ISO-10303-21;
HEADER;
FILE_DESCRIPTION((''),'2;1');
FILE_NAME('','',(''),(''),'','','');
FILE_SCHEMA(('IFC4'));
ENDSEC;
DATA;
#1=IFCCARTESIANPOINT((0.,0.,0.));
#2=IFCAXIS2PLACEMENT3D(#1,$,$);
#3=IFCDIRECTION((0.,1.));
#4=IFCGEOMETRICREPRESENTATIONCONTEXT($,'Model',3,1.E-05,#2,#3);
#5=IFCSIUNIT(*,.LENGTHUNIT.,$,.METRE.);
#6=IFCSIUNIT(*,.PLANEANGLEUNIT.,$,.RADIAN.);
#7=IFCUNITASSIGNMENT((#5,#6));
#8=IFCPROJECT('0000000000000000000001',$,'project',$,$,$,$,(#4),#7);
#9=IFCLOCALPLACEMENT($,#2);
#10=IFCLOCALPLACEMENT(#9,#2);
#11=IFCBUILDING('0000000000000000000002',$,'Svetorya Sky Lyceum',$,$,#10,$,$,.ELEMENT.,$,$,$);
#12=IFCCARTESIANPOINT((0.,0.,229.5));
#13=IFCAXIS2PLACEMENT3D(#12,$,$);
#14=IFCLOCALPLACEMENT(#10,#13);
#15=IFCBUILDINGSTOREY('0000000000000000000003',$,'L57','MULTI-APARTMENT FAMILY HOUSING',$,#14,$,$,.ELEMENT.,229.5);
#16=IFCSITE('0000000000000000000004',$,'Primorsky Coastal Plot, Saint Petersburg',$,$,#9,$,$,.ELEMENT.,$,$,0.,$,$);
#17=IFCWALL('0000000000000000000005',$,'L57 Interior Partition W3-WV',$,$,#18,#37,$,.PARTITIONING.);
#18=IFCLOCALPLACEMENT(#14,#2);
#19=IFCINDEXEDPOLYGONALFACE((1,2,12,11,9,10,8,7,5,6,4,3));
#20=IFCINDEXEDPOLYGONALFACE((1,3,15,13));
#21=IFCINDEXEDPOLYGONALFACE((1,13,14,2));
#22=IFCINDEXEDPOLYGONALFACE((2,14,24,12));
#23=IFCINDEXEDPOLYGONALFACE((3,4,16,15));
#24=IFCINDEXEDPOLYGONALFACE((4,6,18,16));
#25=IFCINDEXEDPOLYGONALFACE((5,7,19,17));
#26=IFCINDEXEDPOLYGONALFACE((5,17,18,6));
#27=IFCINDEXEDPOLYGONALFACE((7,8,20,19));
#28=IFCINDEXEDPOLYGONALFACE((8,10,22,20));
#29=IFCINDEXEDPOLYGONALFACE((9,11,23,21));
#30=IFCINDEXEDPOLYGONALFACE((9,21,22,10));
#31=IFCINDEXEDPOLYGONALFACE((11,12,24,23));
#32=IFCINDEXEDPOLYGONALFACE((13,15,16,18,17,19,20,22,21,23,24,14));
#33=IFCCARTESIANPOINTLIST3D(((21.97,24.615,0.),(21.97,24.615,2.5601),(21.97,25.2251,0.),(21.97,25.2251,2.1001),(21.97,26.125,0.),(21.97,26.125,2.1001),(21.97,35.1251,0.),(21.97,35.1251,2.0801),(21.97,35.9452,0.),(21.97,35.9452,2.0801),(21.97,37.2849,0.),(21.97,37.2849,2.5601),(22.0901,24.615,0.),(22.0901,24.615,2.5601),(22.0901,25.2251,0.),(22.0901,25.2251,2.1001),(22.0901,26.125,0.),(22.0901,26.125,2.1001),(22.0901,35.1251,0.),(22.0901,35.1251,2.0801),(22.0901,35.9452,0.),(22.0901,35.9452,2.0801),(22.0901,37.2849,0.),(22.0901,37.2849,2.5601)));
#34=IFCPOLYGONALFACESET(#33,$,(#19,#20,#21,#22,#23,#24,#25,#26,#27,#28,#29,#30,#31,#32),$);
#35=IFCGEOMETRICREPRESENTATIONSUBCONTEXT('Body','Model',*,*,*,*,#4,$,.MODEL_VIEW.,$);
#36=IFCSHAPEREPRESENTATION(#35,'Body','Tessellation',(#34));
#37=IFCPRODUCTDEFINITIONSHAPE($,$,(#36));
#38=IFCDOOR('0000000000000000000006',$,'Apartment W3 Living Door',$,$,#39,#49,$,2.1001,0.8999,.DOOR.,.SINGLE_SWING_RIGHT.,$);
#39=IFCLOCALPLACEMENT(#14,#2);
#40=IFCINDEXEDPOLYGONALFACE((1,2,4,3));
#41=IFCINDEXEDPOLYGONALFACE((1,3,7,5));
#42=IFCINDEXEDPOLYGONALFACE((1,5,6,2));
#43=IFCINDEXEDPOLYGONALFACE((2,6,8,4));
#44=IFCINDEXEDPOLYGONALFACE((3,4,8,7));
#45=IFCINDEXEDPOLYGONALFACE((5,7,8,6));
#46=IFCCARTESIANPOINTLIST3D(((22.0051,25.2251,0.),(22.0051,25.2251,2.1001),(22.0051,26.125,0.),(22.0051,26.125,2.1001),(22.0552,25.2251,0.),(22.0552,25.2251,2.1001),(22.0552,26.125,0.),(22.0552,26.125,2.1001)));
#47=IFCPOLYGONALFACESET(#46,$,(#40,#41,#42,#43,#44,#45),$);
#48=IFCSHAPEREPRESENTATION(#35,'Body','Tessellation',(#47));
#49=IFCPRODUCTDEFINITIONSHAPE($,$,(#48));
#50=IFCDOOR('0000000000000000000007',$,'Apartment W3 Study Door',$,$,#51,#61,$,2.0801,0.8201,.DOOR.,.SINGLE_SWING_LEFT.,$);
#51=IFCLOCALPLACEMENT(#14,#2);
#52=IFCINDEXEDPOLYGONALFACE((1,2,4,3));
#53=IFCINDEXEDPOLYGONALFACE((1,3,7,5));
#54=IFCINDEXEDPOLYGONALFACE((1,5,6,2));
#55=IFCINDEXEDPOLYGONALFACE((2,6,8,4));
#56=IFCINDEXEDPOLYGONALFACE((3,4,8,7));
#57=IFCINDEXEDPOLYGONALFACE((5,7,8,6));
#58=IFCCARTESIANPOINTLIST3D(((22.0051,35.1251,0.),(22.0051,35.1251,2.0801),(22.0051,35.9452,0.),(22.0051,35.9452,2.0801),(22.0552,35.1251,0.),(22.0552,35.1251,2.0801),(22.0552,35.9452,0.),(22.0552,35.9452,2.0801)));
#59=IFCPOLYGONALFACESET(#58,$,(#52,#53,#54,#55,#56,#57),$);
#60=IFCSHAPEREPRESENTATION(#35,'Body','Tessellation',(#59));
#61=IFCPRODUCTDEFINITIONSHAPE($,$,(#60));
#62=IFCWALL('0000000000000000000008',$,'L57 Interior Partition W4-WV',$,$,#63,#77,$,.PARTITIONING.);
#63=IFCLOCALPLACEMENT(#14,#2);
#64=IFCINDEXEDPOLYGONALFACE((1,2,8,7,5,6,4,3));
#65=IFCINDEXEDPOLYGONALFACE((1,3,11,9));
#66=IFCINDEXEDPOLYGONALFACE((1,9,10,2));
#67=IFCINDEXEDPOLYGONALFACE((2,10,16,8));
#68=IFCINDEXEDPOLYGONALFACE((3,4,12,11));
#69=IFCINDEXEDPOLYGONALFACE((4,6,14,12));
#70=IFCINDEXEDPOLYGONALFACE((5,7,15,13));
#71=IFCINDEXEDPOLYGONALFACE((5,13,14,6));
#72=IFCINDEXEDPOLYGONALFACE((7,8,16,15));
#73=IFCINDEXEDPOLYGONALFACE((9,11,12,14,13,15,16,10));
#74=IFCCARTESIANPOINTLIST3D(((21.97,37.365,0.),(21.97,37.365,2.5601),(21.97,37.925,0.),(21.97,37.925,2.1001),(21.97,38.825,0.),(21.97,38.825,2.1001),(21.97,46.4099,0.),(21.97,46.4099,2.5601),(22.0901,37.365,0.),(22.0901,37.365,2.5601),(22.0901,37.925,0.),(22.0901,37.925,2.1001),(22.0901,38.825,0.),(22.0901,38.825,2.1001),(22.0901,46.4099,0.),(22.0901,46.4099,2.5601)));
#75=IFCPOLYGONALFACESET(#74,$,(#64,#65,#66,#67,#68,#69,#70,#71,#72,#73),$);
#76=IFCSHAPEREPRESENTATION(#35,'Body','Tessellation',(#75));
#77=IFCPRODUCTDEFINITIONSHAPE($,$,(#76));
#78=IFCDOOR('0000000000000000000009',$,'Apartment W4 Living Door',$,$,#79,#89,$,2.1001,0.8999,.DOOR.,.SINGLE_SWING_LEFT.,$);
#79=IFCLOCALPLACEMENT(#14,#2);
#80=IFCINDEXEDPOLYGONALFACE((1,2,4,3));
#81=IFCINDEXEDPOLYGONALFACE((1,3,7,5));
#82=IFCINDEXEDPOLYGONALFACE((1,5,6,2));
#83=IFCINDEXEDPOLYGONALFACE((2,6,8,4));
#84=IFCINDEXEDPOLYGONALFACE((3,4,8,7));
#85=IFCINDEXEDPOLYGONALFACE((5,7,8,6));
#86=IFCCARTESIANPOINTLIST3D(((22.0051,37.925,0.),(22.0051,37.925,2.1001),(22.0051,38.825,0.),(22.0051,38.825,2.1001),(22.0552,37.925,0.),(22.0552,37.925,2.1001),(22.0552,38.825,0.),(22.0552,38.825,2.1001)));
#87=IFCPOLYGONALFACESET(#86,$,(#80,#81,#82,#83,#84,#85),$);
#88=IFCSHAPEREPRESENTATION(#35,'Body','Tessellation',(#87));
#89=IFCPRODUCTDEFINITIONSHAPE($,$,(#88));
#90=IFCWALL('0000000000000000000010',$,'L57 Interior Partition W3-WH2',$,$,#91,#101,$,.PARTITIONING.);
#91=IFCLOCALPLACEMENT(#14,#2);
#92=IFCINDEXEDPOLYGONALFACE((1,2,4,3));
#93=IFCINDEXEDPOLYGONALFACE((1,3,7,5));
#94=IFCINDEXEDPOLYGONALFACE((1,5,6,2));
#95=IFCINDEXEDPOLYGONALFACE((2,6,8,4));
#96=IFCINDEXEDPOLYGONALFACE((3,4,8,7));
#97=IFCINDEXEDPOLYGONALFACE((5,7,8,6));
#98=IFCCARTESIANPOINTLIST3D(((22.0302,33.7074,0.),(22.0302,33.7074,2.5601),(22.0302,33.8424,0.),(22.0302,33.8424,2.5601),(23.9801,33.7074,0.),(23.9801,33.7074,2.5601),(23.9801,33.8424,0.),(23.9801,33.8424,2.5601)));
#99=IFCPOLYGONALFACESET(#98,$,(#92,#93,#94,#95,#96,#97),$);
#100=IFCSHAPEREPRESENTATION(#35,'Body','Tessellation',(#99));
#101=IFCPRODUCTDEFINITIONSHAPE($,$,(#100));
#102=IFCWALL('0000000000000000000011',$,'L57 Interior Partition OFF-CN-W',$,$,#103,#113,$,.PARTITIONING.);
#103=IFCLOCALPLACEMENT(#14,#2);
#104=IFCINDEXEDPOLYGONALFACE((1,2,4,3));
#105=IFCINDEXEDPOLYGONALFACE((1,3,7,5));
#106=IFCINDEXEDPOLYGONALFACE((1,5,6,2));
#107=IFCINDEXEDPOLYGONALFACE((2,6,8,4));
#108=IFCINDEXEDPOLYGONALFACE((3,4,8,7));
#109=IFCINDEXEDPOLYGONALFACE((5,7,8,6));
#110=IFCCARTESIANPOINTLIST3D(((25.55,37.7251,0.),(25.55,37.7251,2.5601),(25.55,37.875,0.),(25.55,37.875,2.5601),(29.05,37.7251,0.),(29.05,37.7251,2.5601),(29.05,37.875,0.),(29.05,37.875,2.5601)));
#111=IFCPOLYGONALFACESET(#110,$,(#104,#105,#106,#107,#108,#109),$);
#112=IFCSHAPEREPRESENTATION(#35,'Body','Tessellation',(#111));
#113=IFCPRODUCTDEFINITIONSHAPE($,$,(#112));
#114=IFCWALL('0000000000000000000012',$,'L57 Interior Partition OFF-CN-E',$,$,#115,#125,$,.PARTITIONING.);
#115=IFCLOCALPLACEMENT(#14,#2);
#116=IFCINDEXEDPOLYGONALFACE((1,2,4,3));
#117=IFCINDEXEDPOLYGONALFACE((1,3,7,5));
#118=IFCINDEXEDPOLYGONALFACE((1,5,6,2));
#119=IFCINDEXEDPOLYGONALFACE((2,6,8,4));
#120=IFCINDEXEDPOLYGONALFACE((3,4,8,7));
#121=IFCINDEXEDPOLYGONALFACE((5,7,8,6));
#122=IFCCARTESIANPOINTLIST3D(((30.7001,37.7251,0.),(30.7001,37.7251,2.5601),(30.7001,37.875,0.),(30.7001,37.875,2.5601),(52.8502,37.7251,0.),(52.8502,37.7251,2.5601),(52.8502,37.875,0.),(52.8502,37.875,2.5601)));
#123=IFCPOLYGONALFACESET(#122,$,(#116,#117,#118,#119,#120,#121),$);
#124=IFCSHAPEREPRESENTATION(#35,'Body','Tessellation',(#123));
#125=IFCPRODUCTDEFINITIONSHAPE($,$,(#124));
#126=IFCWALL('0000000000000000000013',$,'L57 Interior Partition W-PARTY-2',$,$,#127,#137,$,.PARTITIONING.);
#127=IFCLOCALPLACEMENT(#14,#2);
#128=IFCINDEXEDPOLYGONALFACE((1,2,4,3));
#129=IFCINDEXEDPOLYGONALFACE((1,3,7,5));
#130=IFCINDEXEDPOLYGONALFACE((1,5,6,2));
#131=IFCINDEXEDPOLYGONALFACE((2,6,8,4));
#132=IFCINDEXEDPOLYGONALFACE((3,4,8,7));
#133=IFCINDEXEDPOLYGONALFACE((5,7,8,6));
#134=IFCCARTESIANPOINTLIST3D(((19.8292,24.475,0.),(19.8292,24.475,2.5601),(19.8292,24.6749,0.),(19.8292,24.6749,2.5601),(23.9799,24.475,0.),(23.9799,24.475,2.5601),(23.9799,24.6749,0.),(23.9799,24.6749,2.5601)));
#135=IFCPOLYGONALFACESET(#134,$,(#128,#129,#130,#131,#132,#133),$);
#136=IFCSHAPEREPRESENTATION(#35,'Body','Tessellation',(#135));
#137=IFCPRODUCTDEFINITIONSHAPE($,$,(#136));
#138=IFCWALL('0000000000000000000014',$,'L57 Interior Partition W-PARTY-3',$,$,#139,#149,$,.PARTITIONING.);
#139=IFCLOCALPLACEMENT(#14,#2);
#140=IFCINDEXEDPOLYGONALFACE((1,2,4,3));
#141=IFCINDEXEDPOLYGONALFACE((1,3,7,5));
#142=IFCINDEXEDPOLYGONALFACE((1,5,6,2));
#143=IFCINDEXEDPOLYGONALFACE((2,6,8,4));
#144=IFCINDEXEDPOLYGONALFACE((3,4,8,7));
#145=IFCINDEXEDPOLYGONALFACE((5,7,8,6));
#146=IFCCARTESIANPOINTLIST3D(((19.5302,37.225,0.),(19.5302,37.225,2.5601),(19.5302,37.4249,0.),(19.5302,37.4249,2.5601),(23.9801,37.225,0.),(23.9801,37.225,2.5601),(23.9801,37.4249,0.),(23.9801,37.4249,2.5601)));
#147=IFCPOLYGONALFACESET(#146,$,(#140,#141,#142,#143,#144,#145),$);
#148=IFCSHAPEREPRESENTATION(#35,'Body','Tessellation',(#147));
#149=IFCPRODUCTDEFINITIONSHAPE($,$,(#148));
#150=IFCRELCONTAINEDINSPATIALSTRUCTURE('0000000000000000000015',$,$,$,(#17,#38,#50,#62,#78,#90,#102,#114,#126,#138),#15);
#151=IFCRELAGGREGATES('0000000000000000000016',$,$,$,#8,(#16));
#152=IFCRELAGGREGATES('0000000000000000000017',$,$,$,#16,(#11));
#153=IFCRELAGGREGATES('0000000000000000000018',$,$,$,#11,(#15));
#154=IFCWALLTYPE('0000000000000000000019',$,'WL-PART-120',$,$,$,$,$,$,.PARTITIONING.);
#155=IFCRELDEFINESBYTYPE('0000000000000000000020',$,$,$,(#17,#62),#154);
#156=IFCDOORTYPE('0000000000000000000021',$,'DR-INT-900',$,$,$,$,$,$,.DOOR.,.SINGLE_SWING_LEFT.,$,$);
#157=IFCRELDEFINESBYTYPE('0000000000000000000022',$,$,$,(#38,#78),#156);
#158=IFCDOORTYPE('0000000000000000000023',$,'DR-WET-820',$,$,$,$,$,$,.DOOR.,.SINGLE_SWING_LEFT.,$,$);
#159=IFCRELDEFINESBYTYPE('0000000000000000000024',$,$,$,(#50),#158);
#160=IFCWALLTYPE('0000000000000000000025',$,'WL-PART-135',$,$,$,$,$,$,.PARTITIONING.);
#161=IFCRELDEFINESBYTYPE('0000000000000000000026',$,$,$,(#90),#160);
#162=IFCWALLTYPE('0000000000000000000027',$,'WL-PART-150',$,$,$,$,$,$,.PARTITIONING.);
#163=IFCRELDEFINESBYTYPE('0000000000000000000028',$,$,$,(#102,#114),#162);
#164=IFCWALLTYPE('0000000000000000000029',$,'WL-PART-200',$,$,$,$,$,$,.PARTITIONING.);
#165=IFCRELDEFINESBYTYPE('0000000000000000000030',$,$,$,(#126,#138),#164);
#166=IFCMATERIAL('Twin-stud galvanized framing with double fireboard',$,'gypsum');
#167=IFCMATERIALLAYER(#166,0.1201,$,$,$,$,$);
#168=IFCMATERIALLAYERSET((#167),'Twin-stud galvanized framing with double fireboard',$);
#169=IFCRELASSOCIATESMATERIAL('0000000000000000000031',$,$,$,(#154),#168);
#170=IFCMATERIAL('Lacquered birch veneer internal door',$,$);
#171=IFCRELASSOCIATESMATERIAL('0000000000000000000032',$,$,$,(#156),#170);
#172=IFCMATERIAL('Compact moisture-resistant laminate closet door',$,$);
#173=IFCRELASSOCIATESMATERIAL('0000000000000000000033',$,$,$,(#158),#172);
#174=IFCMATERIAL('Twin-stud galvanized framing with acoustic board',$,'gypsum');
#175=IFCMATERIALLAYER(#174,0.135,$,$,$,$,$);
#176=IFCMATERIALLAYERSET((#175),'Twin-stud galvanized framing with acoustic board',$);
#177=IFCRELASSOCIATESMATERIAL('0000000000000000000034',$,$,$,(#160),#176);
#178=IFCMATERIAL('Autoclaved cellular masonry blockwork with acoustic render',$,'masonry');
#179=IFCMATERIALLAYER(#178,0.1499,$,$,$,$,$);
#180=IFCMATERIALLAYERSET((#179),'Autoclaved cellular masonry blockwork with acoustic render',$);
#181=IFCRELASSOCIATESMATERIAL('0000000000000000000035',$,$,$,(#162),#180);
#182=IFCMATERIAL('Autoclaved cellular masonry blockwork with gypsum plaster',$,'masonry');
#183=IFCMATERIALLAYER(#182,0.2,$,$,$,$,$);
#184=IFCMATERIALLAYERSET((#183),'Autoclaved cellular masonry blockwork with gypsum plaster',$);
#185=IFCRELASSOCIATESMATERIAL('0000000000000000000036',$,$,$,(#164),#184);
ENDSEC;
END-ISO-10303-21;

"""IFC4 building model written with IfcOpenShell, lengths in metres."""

from ifc_helpers import new_model, si_unit, direction, frame, frame_2d, origin, place, context, subcontext, project, spatial, rectangle, extrude, material, layer, layer_set, type_object, element, fill, save


model = new_model("IFC4")

# Units and contexts
model_context = context("Model", 3, precision=1e-05, world=origin(), true_north=direction((0.0, 1.0)))
body_context = subcontext(model_context, "Body", "Model", "MODEL_VIEW")
ifc_project = project(units=[si_unit("LENGTHUNIT", "METRE"), si_unit("PLANEANGLEUNIT", "RADIAN")], contexts=[model_context])

# Site, building, storey
site_placement = place(None, origin())
site = spatial("IfcSite", under=ifc_project, at=site_placement, Name="Primorsky Coastal Plot, Saint Petersburg", CompositionType="ELEMENT", RefElevation=0.0)
building_placement = place(site_placement, origin())
building = spatial("IfcBuilding", under=site, at=building_placement, Name="Svetorya Sky Lyceum", CompositionType="ELEMENT")
storey_placement = place(building_placement, frame((0.0, 0.0, 229.5)))
storey = spatial("IfcBuildingStorey", under=building, at=storey_placement, Name="L57", Description="MULTI-APARTMENT FAMILY HOUSING", CompositionType="ELEMENT", Elevation=229.5)

# Shared definitions
ifc_material_1 = material(Name="Twin-stud galvanized framing with double fireboard", Category="gypsum")
ifc_layer_1 = layer(ifc_material_1, 0.1201)
ifc_layer_set_1 = layer_set([ifc_layer_1], Name="Twin-stud galvanized framing with double fireboard")
wall_type_1 = type_object("IfcWallType", Name="WL-PART-120", PredefinedType="PARTITIONING", material=ifc_layer_set_1)

# Wall, openings, doors
wall_1_placement = place(storey_placement, frame((22.03, 24.615, 0.0), z_axis=(0.0, 0.0, 1.0), x_axis=(0.0, 1.0, 0.0)))
wall_1 = element("IfcWall", 1, at=wall_1_placement, inside=storey, type_object=wall_type_1, Name="L57 Interior Partition W3-WV", PredefinedType="PARTITIONING", context=body_context, shape_type="SweptSolid", body=[
    extrude(rectangle(XDim=12.6699, YDim=0.1201, at=frame_2d((6.335, 0.0))), origin(), (0.0, 0.0, 1.0), 2.5601),
])
opening_1_placement = place(wall_1_placement, frame((0.6101, 0.0, 0.0)))
opening_1 = element("IfcOpeningElement", 2, at=opening_1_placement, cuts=wall_1, PredefinedType="OPENING", context=body_context, shape_type="SweptSolid", body=[
    extrude(rectangle(XDim=0.8999, YDim=2.1001, at=frame_2d((0.45, 1.05))), frame((0.0, 0.0701, 0.0), z_axis=(0.0, -1.0, 0.0), x_axis=(1.0, 0.0, 0.0)), (0.0, 0.0, 1.0), 0.1401),
])
opening_2_placement = place(wall_1_placement, frame((10.51, 0.0, 0.0)))
opening_2 = element("IfcOpeningElement", 3, at=opening_2_placement, cuts=wall_1, PredefinedType="OPENING", context=body_context, shape_type="SweptSolid", body=[
    extrude(rectangle(XDim=0.8201, YDim=2.0801, at=frame_2d((0.4102, 1.04))), frame((0.0, 0.0701, 0.0), z_axis=(0.0, -1.0, 0.0), x_axis=(1.0, 0.0, 0.0)), (0.0, 0.0, 1.0), 0.1401),
])
ifc_material_2 = material(Name="Lacquered birch veneer internal door")
door_type_1 = type_object("IfcDoorType", Name="DR-INT-900", OperationType="SINGLE_SWING_LEFT", PredefinedType="DOOR", material=ifc_material_2)
door_1_placement = place(opening_1_placement, origin())
door_1 = element("IfcDoor", 4, at=door_1_placement, inside=storey, type_object=door_type_1, Name="Apartment W3 Living Door", OperationType="SINGLE_SWING_RIGHT", OverallHeight=2.1001, OverallWidth=0.8999, PredefinedType="DOOR", context=body_context, shape_type="SweptSolid", body=[
    extrude(rectangle(XDim=0.8999, YDim=2.1001, at=frame_2d((0.45, 1.05))), frame((0.0, 0.0249, 0.0), z_axis=(0.0, -1.0, 0.0), x_axis=(1.0, 0.0, 0.0)), (0.0, 0.0, 1.0), 0.05),
])
fill(opening_1, door_1)
ifc_material_3 = material(Name="Compact moisture-resistant laminate closet door")
door_type_2 = type_object("IfcDoorType", Name="DR-WET-820", OperationType="SINGLE_SWING_LEFT", PredefinedType="DOOR", material=ifc_material_3)
door_2_placement = place(opening_2_placement, origin())
door_2 = element("IfcDoor", 5, at=door_2_placement, inside=storey, type_object=door_type_2, Name="Apartment W3 Study Door", OperationType="SINGLE_SWING_LEFT", OverallHeight=2.0801, OverallWidth=0.8201, PredefinedType="DOOR", context=body_context, shape_type="SweptSolid", body=[
    extrude(rectangle(XDim=0.8201, YDim=2.0801, at=frame_2d((0.4102, 1.04))), frame((0.0, 0.0249, 0.0), z_axis=(0.0, -1.0, 0.0), x_axis=(1.0, 0.0, 0.0)), (0.0, 0.0, 1.0), 0.05),
])
fill(opening_2, door_2)

# Wall, opening, door
wall_2_placement = place(storey_placement, frame((22.03, 37.365, 0.0), z_axis=(0.0, 0.0, 1.0), x_axis=(0.0, 1.0, 0.0)))
wall_2 = element("IfcWall", 6, at=wall_2_placement, inside=storey, type_object=wall_type_1, Name="L57 Interior Partition W4-WV", PredefinedType="PARTITIONING", context=body_context, shape_type="SweptSolid", body=[
    extrude(rectangle(XDim=9.0449, YDim=0.1201, at=frame_2d((4.5225, 0.0))), origin(), (0.0, 0.0, 1.0), 2.5601),
])
opening_3_placement = place(wall_2_placement, frame((0.5601, 0.0, 0.0)))
opening_3 = element("IfcOpeningElement", 7, at=opening_3_placement, cuts=wall_2, PredefinedType="OPENING", context=body_context, shape_type="SweptSolid", body=[
    extrude(rectangle(XDim=0.8999, YDim=2.1001, at=frame_2d((0.45, 1.05))), frame((0.0, 0.0701, 0.0), z_axis=(0.0, -1.0, 0.0), x_axis=(1.0, 0.0, 0.0)), (0.0, 0.0, 1.0), 0.1401),
])
door_3_placement = place(opening_3_placement, origin())
door_3 = element("IfcDoor", 8, at=door_3_placement, inside=storey, type_object=door_type_1, Name="Apartment W4 Living Door", OperationType="SINGLE_SWING_LEFT", OverallHeight=2.1001, OverallWidth=0.8999, PredefinedType="DOOR", context=body_context, shape_type="SweptSolid", body=[
    extrude(rectangle(XDim=0.8999, YDim=2.1001, at=frame_2d((0.45, 1.05))), frame((0.0, 0.0249, 0.0), z_axis=(0.0, -1.0, 0.0), x_axis=(1.0, 0.0, 0.0)), (0.0, 0.0, 1.0), 0.05),
])
fill(opening_3, door_3)

# Walls
ifc_material_4 = material(Name="Twin-stud galvanized framing with acoustic board", Category="gypsum")
ifc_layer_2 = layer(ifc_material_4, 0.135)
ifc_layer_set_2 = layer_set([ifc_layer_2], Name="Twin-stud galvanized framing with acoustic board")
wall_type_2 = type_object("IfcWallType", Name="WL-PART-135", PredefinedType="PARTITIONING", material=ifc_layer_set_2)
wall_3_placement = place(storey_placement, frame((22.03, 33.7749, 0.0), z_axis=(0.0, 0.0, 1.0), x_axis=(1.0, 0.0, 0.0)))
element("IfcWall", 9, at=wall_3_placement, inside=storey, type_object=wall_type_2, Name="L57 Interior Partition W3-WH2", PredefinedType="PARTITIONING", context=body_context, shape_type="SweptSolid", body=[
    extrude(rectangle(XDim=1.95, YDim=0.135, at=frame_2d((0.9751, 0.0))), origin(), (0.0, 0.0, 1.0), 2.5601),
])
ifc_material_5 = material(Name="Autoclaved cellular masonry blockwork with acoustic render", Category="masonry")
ifc_layer_3 = layer(ifc_material_5, 0.1499)
ifc_layer_set_3 = layer_set([ifc_layer_3], Name="Autoclaved cellular masonry blockwork with acoustic render")
wall_type_3 = type_object("IfcWallType", Name="WL-PART-150", PredefinedType="PARTITIONING", material=ifc_layer_set_3)
wall_4_placement = place(storey_placement, frame((25.55, 37.8, 0.0), z_axis=(0.0, 0.0, 1.0), x_axis=(1.0, 0.0, 0.0)))
element("IfcWall", 10, at=wall_4_placement, inside=storey, type_object=wall_type_3, Name="L57 Interior Partition OFF-CN-W", PredefinedType="PARTITIONING", context=body_context, shape_type="SweptSolid", body=[
    extrude(rectangle(XDim=3.5, YDim=0.1499, at=frame_2d((1.75, 0.0))), origin(), (0.0, 0.0, 1.0), 2.5601),
])
wall_5_placement = place(storey_placement, frame((30.7, 37.8, 0.0), z_axis=(0.0, 0.0, 1.0), x_axis=(1.0, 0.0, 0.0)))
element("IfcWall", 11, at=wall_5_placement, inside=storey, type_object=wall_type_3, Name="L57 Interior Partition OFF-CN-E", PredefinedType="PARTITIONING", context=body_context, shape_type="SweptSolid", body=[
    extrude(rectangle(XDim=22.1501, YDim=0.1499, at=frame_2d((11.0752, 0.0))), origin(), (0.0, 0.0, 1.0), 2.5601),
])
ifc_material_6 = material(Name="Autoclaved cellular masonry blockwork with gypsum plaster", Category="masonry")
ifc_layer_4 = layer(ifc_material_6, 0.2)
ifc_layer_set_4 = layer_set([ifc_layer_4], Name="Autoclaved cellular masonry blockwork with gypsum plaster")
wall_type_4 = type_object("IfcWallType", Name="WL-PART-200", PredefinedType="PARTITIONING", material=ifc_layer_set_4)
wall_6_placement = place(storey_placement, frame((19.8293, 24.575, 0.0), z_axis=(0.0, 0.0, 1.0), x_axis=(1.0, 0.0, 0.0)))
element("IfcWall", 12, at=wall_6_placement, inside=storey, type_object=wall_type_4, Name="L57 Interior Partition W-PARTY-2", PredefinedType="PARTITIONING", context=body_context, shape_type="SweptSolid", body=[
    extrude(rectangle(XDim=4.1506, YDim=0.2, at=frame_2d((2.0752, 0.0))), origin(), (0.0, 0.0, 1.0), 2.5601),
])
wall_7_placement = place(storey_placement, frame((19.53, 37.325, 0.0), z_axis=(0.0, 0.0, 1.0), x_axis=(1.0, 0.0, 0.0)))
element("IfcWall", 13, at=wall_7_placement, inside=storey, type_object=wall_type_4, Name="L57 Interior Partition W-PARTY-3", PredefinedType="PARTITIONING", context=body_context, shape_type="SweptSolid", body=[
    extrude(rectangle(XDim=4.45, YDim=0.2, at=frame_2d((2.2251, 0.0))), origin(), (0.0, 0.0, 1.0), 2.5601),
])

save(model, "model.ifc")
